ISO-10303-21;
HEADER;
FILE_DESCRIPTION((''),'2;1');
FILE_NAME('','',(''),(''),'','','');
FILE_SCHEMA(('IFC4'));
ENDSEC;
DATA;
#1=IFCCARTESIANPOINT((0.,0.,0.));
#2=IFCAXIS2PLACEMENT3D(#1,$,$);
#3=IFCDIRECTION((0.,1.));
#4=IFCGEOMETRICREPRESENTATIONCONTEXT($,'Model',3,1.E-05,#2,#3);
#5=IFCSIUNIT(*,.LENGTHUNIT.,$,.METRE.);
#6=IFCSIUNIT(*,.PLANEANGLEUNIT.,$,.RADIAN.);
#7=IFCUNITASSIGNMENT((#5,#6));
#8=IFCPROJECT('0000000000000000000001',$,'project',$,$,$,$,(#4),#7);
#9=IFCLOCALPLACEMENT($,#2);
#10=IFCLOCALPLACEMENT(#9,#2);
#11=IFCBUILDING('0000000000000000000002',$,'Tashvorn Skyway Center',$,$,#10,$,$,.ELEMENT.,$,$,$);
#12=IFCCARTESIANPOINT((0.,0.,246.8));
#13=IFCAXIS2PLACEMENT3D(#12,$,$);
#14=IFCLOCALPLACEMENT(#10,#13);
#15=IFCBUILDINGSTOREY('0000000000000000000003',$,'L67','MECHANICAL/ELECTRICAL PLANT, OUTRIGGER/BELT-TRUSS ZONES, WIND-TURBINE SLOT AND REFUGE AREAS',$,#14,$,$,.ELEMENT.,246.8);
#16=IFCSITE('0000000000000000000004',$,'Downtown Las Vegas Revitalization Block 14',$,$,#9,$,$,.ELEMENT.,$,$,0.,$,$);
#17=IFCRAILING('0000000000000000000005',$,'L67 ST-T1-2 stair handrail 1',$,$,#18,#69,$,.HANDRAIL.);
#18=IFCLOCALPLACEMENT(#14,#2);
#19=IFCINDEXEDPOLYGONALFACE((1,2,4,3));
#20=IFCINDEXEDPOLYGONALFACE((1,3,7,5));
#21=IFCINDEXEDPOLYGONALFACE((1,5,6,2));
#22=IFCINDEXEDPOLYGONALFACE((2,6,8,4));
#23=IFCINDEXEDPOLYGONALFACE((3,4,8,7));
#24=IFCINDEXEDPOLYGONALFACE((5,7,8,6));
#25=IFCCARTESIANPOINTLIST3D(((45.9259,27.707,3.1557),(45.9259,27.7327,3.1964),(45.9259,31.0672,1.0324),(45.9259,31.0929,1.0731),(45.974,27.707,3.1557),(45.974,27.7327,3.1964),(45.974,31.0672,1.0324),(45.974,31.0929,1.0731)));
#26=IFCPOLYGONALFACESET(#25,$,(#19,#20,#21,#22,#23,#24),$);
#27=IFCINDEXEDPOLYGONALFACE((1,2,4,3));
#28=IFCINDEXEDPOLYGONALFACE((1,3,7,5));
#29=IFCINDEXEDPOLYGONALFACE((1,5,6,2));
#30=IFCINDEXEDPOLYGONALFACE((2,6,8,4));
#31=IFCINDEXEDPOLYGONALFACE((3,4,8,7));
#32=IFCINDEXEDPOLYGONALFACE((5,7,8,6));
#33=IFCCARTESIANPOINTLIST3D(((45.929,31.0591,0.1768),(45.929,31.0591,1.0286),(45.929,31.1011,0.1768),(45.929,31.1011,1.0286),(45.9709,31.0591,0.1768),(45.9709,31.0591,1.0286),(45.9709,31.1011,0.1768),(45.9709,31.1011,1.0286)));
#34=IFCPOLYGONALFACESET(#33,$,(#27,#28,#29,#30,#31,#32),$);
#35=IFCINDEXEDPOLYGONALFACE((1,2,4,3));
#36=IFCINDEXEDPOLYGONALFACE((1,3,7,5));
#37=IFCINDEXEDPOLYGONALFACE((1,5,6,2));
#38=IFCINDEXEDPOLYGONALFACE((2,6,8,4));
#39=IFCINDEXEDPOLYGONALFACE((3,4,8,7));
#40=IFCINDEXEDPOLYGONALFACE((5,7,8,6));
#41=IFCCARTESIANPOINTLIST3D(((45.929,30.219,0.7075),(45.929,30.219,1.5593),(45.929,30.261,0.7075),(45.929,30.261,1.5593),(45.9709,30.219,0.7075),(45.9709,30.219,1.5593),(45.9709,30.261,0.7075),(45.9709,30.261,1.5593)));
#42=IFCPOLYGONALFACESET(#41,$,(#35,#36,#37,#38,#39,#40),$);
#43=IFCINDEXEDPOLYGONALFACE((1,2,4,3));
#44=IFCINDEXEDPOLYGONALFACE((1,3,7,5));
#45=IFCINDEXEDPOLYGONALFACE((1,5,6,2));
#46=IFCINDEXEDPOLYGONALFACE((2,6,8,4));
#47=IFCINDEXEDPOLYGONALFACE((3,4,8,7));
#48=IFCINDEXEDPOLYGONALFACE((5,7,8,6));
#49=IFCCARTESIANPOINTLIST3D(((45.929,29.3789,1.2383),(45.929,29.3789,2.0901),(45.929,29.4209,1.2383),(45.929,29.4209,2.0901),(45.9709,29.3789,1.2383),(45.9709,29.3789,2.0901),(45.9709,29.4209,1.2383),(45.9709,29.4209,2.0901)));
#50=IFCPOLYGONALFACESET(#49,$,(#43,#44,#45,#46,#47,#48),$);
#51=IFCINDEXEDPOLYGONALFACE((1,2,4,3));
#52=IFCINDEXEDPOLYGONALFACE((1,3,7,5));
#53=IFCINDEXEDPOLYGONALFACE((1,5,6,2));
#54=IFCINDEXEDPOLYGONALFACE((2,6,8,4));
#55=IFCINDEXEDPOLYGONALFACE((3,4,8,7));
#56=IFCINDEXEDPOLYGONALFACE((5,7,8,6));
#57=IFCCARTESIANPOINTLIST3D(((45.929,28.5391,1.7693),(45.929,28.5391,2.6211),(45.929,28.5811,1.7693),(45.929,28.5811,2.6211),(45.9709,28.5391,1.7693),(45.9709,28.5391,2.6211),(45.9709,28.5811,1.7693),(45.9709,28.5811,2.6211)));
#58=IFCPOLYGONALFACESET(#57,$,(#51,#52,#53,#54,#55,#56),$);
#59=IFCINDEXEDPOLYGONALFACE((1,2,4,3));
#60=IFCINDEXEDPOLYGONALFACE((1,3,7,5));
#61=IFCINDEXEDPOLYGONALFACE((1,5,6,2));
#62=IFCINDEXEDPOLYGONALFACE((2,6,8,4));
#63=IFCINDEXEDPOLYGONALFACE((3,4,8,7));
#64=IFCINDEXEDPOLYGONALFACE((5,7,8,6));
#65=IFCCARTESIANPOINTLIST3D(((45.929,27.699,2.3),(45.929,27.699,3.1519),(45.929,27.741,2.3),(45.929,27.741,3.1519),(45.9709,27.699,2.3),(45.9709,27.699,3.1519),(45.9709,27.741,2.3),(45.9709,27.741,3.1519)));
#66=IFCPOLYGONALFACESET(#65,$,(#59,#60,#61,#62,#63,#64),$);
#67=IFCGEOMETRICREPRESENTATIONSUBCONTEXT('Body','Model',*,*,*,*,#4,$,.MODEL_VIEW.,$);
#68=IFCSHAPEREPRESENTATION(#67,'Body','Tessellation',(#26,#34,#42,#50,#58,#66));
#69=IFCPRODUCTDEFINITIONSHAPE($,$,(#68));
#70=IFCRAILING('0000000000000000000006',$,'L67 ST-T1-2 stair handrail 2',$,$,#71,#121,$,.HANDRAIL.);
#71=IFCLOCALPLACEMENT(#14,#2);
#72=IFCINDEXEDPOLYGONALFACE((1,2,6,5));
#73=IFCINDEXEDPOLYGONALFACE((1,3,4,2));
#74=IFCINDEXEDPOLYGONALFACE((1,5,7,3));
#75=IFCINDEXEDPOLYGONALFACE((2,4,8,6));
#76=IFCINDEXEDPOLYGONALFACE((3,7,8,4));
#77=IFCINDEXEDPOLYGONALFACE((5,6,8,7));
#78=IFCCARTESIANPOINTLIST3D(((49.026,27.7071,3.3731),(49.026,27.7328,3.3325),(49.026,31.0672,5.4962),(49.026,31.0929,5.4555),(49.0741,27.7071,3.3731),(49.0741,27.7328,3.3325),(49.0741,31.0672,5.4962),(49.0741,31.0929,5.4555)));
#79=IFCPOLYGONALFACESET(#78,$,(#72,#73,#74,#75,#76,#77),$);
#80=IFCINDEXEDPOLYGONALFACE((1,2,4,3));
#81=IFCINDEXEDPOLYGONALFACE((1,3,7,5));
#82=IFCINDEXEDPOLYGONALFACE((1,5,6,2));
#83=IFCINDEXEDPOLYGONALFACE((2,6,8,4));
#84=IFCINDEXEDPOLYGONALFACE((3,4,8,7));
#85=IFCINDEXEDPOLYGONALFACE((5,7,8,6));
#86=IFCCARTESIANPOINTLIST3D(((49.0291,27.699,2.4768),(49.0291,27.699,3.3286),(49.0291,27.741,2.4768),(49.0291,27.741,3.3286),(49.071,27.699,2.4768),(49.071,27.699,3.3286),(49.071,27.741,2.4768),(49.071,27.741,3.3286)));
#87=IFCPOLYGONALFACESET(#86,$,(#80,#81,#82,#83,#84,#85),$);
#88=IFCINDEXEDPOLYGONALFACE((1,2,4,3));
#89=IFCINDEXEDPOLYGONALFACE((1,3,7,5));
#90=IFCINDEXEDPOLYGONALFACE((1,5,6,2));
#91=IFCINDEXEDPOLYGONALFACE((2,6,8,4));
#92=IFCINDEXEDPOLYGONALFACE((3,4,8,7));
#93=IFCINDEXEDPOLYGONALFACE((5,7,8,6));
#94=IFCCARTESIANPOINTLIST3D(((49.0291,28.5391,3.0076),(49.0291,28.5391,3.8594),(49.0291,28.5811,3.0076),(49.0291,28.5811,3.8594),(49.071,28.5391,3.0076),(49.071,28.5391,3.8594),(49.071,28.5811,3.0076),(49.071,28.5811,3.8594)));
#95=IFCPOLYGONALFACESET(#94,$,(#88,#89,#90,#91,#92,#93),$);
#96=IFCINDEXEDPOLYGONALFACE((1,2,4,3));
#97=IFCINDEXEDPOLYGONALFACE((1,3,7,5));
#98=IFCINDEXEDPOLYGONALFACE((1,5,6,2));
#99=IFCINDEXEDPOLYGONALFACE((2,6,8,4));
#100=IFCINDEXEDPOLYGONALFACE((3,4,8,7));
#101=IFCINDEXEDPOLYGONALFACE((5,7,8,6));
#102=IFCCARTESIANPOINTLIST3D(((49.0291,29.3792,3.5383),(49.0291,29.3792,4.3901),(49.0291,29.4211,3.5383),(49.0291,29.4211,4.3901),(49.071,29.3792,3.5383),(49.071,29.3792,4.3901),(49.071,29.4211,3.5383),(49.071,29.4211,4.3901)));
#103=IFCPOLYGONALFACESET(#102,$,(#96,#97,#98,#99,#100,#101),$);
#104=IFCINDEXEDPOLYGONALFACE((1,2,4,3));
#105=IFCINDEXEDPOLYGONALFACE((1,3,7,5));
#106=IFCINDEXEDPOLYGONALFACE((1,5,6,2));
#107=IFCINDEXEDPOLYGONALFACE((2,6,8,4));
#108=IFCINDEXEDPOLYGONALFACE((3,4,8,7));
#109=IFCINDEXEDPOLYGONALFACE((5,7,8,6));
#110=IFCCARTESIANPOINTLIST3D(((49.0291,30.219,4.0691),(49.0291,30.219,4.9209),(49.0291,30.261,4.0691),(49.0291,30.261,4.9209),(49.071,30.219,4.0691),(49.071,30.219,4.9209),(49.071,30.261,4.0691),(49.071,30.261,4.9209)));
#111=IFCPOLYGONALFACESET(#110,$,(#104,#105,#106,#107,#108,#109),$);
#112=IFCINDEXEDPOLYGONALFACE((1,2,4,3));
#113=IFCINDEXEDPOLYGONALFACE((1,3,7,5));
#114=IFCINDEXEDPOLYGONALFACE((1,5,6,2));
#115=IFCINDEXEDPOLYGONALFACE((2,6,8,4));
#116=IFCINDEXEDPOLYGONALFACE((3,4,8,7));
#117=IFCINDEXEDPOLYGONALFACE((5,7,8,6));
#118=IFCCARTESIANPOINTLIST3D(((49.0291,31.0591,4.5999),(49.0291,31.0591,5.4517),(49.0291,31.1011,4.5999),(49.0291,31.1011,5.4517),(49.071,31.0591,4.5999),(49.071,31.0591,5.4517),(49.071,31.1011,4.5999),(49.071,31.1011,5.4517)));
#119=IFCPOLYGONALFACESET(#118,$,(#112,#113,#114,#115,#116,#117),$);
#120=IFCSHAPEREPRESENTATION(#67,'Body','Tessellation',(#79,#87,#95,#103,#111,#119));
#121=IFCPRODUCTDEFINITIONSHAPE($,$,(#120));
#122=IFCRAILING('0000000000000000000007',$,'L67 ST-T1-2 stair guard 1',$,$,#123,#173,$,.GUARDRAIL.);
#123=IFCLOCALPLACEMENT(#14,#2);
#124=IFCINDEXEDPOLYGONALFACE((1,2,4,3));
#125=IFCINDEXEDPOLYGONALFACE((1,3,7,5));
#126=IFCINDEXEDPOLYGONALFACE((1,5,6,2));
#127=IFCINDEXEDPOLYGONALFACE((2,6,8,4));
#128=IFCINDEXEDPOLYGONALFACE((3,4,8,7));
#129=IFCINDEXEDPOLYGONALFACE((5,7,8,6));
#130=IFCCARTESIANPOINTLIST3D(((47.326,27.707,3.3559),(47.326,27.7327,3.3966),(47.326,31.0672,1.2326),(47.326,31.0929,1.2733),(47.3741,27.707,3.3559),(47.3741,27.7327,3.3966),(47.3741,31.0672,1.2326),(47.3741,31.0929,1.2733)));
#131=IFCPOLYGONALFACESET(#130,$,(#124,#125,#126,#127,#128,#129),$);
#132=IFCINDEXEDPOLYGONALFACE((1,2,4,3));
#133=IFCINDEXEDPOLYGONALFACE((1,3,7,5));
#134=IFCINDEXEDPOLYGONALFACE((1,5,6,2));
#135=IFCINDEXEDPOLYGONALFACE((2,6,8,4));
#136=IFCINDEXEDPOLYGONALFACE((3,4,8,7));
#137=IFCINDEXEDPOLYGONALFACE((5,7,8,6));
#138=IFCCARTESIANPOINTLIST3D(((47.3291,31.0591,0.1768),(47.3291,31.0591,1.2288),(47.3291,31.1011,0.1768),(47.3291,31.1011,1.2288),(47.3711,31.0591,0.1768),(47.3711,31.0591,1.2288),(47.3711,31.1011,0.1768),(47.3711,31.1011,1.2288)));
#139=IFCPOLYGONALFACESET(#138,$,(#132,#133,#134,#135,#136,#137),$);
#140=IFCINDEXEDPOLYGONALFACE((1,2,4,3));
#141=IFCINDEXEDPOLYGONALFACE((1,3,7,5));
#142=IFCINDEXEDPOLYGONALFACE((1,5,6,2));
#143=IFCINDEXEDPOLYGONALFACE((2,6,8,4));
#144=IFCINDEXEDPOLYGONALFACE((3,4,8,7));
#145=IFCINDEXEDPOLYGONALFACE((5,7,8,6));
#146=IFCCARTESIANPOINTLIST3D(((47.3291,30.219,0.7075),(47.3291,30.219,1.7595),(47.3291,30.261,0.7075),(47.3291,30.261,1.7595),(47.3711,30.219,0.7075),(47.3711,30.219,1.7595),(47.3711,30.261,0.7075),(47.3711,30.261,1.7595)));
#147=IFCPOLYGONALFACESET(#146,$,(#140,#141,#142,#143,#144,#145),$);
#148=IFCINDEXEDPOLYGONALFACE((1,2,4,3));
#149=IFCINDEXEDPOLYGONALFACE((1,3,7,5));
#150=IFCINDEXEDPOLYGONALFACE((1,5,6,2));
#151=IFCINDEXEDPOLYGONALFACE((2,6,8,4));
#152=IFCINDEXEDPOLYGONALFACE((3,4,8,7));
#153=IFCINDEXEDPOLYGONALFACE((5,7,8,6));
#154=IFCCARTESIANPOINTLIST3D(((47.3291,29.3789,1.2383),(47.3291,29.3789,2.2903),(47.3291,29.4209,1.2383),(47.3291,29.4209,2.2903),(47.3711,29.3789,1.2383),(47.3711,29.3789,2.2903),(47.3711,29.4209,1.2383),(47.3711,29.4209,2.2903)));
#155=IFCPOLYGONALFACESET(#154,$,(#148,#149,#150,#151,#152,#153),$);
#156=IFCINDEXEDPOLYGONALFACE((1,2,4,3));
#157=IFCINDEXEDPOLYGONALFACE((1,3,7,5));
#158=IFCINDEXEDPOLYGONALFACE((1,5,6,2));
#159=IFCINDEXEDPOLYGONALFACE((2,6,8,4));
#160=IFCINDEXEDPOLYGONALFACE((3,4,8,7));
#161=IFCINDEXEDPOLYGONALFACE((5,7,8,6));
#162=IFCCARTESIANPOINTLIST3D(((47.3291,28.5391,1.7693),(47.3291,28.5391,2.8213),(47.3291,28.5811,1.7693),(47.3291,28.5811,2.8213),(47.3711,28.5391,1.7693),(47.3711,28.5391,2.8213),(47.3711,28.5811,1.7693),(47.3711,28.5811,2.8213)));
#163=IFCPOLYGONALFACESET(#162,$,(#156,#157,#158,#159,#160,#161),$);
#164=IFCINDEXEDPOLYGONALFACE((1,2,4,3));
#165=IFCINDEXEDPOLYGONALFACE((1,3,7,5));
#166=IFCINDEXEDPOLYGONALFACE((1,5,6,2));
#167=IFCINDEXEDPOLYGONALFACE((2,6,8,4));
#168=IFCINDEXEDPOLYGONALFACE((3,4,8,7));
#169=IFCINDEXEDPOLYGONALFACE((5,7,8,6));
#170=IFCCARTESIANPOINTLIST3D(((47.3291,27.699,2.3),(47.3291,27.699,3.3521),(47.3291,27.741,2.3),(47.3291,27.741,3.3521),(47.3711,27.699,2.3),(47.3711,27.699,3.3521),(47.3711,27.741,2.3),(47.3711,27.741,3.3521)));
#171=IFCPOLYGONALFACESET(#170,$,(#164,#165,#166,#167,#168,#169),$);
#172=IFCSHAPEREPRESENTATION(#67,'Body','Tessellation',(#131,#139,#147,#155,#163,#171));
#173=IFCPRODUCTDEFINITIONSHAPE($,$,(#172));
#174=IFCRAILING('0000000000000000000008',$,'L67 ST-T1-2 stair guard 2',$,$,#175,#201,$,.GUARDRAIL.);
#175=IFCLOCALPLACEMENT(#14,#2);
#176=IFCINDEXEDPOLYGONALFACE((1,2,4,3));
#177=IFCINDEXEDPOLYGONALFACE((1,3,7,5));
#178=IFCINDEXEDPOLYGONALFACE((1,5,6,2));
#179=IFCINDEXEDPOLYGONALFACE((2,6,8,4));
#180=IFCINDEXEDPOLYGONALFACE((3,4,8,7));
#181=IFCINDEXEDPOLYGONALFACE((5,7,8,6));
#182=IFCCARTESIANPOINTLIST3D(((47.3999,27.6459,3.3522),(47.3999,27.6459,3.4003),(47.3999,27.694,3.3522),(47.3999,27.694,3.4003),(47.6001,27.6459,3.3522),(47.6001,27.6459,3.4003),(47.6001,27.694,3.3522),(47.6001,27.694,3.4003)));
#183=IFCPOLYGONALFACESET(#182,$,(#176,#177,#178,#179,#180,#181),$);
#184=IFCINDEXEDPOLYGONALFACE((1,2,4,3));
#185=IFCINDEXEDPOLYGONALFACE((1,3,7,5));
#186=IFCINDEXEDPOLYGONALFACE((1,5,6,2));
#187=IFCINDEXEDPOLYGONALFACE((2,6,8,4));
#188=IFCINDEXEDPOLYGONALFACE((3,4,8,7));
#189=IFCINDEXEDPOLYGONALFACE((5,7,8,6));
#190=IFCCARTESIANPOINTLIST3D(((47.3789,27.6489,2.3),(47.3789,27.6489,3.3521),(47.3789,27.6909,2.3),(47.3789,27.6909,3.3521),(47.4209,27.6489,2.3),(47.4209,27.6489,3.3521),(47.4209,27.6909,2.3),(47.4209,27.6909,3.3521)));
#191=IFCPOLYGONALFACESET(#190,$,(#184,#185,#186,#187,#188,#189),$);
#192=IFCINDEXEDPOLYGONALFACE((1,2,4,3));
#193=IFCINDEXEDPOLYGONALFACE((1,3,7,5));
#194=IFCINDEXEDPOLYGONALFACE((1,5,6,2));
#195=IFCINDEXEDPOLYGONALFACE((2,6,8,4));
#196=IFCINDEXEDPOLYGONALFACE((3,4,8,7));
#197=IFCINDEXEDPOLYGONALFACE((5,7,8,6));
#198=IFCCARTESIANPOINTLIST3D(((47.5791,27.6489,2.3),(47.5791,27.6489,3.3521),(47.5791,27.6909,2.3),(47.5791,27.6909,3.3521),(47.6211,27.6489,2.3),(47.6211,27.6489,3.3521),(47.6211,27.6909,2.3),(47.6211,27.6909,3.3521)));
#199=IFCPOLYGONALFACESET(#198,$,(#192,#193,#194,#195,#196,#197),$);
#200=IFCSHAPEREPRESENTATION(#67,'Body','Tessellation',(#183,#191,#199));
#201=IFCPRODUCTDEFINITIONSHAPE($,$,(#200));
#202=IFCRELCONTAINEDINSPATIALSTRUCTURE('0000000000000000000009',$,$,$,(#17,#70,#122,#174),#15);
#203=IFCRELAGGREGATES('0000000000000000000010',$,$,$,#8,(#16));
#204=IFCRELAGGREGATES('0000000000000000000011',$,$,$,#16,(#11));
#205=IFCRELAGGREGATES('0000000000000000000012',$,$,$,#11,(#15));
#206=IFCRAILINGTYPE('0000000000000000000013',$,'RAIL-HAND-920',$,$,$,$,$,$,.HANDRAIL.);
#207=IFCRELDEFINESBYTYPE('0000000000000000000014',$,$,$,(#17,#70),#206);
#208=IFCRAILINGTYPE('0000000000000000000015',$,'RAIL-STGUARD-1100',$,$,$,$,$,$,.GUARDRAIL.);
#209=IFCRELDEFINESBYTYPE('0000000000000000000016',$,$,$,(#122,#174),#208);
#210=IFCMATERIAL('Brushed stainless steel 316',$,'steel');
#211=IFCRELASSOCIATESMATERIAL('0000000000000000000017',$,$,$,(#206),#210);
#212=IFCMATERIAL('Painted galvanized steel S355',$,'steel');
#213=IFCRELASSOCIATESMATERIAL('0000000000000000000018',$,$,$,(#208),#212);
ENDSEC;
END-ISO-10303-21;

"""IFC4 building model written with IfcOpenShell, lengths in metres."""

from ifc_helpers import new_model, si_unit, direction, frame, origin, origin_2d, place, context, subcontext, project, spatial, rectangle, extrude, material, type_object, element, save


model = new_model("IFC4")

# Units and contexts
model_context = context("Model", 3, precision=1e-05, world=origin(), true_north=direction((0.0, 1.0)))
body_context = subcontext(model_context, "Body", "Model", "MODEL_VIEW")
ifc_project = project(units=[si_unit("LENGTHUNIT", "METRE"), si_unit("PLANEANGLEUNIT", "RADIAN")], contexts=[model_context])

# Site, building, storey
site_placement = place(None, origin())
site = spatial("IfcSite", under=ifc_project, at=site_placement, Name="Downtown Las Vegas Revitalization Block 14", CompositionType="ELEMENT", RefElevation=0.0)
building_placement = place(site_placement, origin())
building = spatial("IfcBuilding", under=site, at=building_placement, Name="Tashvorn Skyway Center", CompositionType="ELEMENT")
storey_placement = place(building_placement, frame((0.0, 0.0, 246.8)))
storey = spatial("IfcBuildingStorey", under=building, at=storey_placement, Name="L67", Description="MECHANICAL/ELECTRICAL PLANT, OUTRIGGER/BELT-TRUSS ZONES, WIND-TURBINE SLOT AND REFUGE AREAS", CompositionType="ELEMENT", Elevation=246.8)

# Railings
ifc_material_1 = material(Name="Brushed stainless steel 316", Category="steel")
railing_type_1 = type_object("IfcRailingType", Name="RAIL-HAND-920", PredefinedType="HANDRAIL", material=ifc_material_1)
railing_1_placement = place(storey_placement, frame((45.95, 31.0801, 0.1768)))
element("IfcRailing", 1, at=railing_1_placement, inside=storey, type_object=railing_type_1, Name="L67 ST-T1-2 stair handrail 1", PredefinedType="HANDRAIL", context=body_context, shape_type="SweptSolid", body=[
    extrude(rectangle(XDim=0.0481, YDim=0.0481, at=origin_2d()), frame((0.0, 0.0, 0.876), z_axis=(0.0, -0.845362, 0.534194), x_axis=(1.0, 0.0, 0.0)), (0.0, 0.0, 1.0), 3.9749),
    extrude(rectangle(XDim=0.042, YDim=0.042, at=origin_2d()), origin(), (0.0, 0.0, 1.0), 0.8518),
    extrude(rectangle(XDim=0.042, YDim=0.042, at=origin_2d()), frame((0.0, -0.8401, 0.5308)), (0.0, 0.0, 1.0), 0.8518),
    extrude(rectangle(XDim=0.042, YDim=0.042, at=origin_2d()), frame((0.0, -1.6802, 1.0615)), (0.0, 0.0, 1.0), 0.8518),
    extrude(rectangle(XDim=0.042, YDim=0.042, at=origin_2d()), frame((0.0, -2.52, 1.5925)), (0.0, 0.0, 1.0), 0.8518),
    extrude(rectangle(XDim=0.042, YDim=0.042, at=origin_2d()), frame((0.0, -3.3601, 2.1233)), (0.0, 0.0, 1.0), 0.8518),
])
railing_2_placement = place(storey_placement, frame((49.05, 27.72, 2.4768)))
element("IfcRailing", 2, at=railing_2_placement, inside=storey, type_object=railing_type_1, Name="L67 ST-T1-2 stair handrail 2", PredefinedType="HANDRAIL", context=body_context, shape_type="SweptSolid", body=[
    extrude(rectangle(XDim=0.0481, YDim=0.0481, at=origin_2d()), frame((0.0, 0.0, 0.876), z_axis=(0.0, 0.84539, 0.53415), x_axis=(-1.0, 0.0, 0.0)), (0.0, 0.0, 1.0), 3.9746),
    extrude(rectangle(XDim=0.042, YDim=0.042, at=origin_2d()), origin(), (0.0, 0.0, 1.0), 0.8518),
    extrude(rectangle(XDim=0.042, YDim=0.042, at=origin_2d()), frame((0.0, 0.8401, 0.5308)), (0.0, 0.0, 1.0), 0.8518),
    extrude(rectangle(XDim=0.042, YDim=0.042, at=origin_2d()), frame((0.0, 1.6802, 1.0615)), (0.0, 0.0, 1.0), 0.8518),
    extrude(rectangle(XDim=0.042, YDim=0.042, at=origin_2d()), frame((0.0, 2.52, 1.5923)), (0.0, 0.0, 1.0), 0.8518),
    extrude(rectangle(XDim=0.042, YDim=0.042, at=origin_2d()), frame((0.0, 3.3601, 2.123)), (0.0, 0.0, 1.0), 0.8518),
])
ifc_material_2 = material(Name="Painted galvanized steel S355", Category="steel")
railing_type_2 = type_object("IfcRailingType", Name="RAIL-STGUARD-1100", PredefinedType="GUARDRAIL", material=ifc_material_2)
railing_3_placement = place(storey_placement, frame((47.3501, 31.0801, 0.1768)))
element("IfcRailing", 3, at=railing_3_placement, inside=storey, type_object=railing_type_2, Name="L67 ST-T1-2 stair guard 1", PredefinedType="GUARDRAIL", context=body_context, shape_type="SweptSolid", body=[
    extrude(rectangle(XDim=0.0481, YDim=0.0481, at=origin_2d()), frame((0.0, 0.0, 1.0762), z_axis=(0.0, -0.845362, 0.534194), x_axis=(1.0, 0.0, 0.0)), (0.0, 0.0, 1.0), 3.9749),
    extrude(rectangle(XDim=0.042, YDim=0.042, at=origin_2d()), origin(), (0.0, 0.0, 1.0), 1.052),
    extrude(rectangle(XDim=0.042, YDim=0.042, at=origin_2d()), frame((0.0, -0.8401, 0.5308)), (0.0, 0.0, 1.0), 1.052),
    extrude(rectangle(XDim=0.042, YDim=0.042, at=origin_2d()), frame((0.0, -1.6802, 1.0615)), (0.0, 0.0, 1.0), 1.052),
    extrude(rectangle(XDim=0.042, YDim=0.042, at=origin_2d()), frame((0.0, -2.52, 1.5925)), (0.0, 0.0, 1.0), 1.052),
    extrude(rectangle(XDim=0.042, YDim=0.042, at=origin_2d()), frame((0.0, -3.3601, 2.1233)), (0.0, 0.0, 1.0), 1.052),
])
railing_4_placement = place(storey_placement, frame((47.3999, 27.6699, 2.3)))
element("IfcRailing", 4, at=railing_4_placement, inside=storey, type_object=railing_type_2, Name="L67 ST-T1-2 stair guard 2", PredefinedType="GUARDRAIL", context=body_context, shape_type="SweptSolid", body=[
    extrude(rectangle(XDim=0.0481, YDim=0.0481, at=origin_2d()), frame((0.0, 0.0, 1.0762), z_axis=(1.0, 0.0, 0.0), x_axis=(0.0, 1.0, 0.0)), (0.0, 0.0, 1.0), 0.2002),
    extrude(rectangle(XDim=0.042, YDim=0.042, at=origin_2d()), origin(), (0.0, 0.0, 1.0), 1.052),
    extrude(rectangle(XDim=0.042, YDim=0.042, at=origin_2d()), frame((0.2002, 0.0, 0.0)), (0.0, 0.0, 1.0), 1.052),
])

save(model, "model.ifc")
